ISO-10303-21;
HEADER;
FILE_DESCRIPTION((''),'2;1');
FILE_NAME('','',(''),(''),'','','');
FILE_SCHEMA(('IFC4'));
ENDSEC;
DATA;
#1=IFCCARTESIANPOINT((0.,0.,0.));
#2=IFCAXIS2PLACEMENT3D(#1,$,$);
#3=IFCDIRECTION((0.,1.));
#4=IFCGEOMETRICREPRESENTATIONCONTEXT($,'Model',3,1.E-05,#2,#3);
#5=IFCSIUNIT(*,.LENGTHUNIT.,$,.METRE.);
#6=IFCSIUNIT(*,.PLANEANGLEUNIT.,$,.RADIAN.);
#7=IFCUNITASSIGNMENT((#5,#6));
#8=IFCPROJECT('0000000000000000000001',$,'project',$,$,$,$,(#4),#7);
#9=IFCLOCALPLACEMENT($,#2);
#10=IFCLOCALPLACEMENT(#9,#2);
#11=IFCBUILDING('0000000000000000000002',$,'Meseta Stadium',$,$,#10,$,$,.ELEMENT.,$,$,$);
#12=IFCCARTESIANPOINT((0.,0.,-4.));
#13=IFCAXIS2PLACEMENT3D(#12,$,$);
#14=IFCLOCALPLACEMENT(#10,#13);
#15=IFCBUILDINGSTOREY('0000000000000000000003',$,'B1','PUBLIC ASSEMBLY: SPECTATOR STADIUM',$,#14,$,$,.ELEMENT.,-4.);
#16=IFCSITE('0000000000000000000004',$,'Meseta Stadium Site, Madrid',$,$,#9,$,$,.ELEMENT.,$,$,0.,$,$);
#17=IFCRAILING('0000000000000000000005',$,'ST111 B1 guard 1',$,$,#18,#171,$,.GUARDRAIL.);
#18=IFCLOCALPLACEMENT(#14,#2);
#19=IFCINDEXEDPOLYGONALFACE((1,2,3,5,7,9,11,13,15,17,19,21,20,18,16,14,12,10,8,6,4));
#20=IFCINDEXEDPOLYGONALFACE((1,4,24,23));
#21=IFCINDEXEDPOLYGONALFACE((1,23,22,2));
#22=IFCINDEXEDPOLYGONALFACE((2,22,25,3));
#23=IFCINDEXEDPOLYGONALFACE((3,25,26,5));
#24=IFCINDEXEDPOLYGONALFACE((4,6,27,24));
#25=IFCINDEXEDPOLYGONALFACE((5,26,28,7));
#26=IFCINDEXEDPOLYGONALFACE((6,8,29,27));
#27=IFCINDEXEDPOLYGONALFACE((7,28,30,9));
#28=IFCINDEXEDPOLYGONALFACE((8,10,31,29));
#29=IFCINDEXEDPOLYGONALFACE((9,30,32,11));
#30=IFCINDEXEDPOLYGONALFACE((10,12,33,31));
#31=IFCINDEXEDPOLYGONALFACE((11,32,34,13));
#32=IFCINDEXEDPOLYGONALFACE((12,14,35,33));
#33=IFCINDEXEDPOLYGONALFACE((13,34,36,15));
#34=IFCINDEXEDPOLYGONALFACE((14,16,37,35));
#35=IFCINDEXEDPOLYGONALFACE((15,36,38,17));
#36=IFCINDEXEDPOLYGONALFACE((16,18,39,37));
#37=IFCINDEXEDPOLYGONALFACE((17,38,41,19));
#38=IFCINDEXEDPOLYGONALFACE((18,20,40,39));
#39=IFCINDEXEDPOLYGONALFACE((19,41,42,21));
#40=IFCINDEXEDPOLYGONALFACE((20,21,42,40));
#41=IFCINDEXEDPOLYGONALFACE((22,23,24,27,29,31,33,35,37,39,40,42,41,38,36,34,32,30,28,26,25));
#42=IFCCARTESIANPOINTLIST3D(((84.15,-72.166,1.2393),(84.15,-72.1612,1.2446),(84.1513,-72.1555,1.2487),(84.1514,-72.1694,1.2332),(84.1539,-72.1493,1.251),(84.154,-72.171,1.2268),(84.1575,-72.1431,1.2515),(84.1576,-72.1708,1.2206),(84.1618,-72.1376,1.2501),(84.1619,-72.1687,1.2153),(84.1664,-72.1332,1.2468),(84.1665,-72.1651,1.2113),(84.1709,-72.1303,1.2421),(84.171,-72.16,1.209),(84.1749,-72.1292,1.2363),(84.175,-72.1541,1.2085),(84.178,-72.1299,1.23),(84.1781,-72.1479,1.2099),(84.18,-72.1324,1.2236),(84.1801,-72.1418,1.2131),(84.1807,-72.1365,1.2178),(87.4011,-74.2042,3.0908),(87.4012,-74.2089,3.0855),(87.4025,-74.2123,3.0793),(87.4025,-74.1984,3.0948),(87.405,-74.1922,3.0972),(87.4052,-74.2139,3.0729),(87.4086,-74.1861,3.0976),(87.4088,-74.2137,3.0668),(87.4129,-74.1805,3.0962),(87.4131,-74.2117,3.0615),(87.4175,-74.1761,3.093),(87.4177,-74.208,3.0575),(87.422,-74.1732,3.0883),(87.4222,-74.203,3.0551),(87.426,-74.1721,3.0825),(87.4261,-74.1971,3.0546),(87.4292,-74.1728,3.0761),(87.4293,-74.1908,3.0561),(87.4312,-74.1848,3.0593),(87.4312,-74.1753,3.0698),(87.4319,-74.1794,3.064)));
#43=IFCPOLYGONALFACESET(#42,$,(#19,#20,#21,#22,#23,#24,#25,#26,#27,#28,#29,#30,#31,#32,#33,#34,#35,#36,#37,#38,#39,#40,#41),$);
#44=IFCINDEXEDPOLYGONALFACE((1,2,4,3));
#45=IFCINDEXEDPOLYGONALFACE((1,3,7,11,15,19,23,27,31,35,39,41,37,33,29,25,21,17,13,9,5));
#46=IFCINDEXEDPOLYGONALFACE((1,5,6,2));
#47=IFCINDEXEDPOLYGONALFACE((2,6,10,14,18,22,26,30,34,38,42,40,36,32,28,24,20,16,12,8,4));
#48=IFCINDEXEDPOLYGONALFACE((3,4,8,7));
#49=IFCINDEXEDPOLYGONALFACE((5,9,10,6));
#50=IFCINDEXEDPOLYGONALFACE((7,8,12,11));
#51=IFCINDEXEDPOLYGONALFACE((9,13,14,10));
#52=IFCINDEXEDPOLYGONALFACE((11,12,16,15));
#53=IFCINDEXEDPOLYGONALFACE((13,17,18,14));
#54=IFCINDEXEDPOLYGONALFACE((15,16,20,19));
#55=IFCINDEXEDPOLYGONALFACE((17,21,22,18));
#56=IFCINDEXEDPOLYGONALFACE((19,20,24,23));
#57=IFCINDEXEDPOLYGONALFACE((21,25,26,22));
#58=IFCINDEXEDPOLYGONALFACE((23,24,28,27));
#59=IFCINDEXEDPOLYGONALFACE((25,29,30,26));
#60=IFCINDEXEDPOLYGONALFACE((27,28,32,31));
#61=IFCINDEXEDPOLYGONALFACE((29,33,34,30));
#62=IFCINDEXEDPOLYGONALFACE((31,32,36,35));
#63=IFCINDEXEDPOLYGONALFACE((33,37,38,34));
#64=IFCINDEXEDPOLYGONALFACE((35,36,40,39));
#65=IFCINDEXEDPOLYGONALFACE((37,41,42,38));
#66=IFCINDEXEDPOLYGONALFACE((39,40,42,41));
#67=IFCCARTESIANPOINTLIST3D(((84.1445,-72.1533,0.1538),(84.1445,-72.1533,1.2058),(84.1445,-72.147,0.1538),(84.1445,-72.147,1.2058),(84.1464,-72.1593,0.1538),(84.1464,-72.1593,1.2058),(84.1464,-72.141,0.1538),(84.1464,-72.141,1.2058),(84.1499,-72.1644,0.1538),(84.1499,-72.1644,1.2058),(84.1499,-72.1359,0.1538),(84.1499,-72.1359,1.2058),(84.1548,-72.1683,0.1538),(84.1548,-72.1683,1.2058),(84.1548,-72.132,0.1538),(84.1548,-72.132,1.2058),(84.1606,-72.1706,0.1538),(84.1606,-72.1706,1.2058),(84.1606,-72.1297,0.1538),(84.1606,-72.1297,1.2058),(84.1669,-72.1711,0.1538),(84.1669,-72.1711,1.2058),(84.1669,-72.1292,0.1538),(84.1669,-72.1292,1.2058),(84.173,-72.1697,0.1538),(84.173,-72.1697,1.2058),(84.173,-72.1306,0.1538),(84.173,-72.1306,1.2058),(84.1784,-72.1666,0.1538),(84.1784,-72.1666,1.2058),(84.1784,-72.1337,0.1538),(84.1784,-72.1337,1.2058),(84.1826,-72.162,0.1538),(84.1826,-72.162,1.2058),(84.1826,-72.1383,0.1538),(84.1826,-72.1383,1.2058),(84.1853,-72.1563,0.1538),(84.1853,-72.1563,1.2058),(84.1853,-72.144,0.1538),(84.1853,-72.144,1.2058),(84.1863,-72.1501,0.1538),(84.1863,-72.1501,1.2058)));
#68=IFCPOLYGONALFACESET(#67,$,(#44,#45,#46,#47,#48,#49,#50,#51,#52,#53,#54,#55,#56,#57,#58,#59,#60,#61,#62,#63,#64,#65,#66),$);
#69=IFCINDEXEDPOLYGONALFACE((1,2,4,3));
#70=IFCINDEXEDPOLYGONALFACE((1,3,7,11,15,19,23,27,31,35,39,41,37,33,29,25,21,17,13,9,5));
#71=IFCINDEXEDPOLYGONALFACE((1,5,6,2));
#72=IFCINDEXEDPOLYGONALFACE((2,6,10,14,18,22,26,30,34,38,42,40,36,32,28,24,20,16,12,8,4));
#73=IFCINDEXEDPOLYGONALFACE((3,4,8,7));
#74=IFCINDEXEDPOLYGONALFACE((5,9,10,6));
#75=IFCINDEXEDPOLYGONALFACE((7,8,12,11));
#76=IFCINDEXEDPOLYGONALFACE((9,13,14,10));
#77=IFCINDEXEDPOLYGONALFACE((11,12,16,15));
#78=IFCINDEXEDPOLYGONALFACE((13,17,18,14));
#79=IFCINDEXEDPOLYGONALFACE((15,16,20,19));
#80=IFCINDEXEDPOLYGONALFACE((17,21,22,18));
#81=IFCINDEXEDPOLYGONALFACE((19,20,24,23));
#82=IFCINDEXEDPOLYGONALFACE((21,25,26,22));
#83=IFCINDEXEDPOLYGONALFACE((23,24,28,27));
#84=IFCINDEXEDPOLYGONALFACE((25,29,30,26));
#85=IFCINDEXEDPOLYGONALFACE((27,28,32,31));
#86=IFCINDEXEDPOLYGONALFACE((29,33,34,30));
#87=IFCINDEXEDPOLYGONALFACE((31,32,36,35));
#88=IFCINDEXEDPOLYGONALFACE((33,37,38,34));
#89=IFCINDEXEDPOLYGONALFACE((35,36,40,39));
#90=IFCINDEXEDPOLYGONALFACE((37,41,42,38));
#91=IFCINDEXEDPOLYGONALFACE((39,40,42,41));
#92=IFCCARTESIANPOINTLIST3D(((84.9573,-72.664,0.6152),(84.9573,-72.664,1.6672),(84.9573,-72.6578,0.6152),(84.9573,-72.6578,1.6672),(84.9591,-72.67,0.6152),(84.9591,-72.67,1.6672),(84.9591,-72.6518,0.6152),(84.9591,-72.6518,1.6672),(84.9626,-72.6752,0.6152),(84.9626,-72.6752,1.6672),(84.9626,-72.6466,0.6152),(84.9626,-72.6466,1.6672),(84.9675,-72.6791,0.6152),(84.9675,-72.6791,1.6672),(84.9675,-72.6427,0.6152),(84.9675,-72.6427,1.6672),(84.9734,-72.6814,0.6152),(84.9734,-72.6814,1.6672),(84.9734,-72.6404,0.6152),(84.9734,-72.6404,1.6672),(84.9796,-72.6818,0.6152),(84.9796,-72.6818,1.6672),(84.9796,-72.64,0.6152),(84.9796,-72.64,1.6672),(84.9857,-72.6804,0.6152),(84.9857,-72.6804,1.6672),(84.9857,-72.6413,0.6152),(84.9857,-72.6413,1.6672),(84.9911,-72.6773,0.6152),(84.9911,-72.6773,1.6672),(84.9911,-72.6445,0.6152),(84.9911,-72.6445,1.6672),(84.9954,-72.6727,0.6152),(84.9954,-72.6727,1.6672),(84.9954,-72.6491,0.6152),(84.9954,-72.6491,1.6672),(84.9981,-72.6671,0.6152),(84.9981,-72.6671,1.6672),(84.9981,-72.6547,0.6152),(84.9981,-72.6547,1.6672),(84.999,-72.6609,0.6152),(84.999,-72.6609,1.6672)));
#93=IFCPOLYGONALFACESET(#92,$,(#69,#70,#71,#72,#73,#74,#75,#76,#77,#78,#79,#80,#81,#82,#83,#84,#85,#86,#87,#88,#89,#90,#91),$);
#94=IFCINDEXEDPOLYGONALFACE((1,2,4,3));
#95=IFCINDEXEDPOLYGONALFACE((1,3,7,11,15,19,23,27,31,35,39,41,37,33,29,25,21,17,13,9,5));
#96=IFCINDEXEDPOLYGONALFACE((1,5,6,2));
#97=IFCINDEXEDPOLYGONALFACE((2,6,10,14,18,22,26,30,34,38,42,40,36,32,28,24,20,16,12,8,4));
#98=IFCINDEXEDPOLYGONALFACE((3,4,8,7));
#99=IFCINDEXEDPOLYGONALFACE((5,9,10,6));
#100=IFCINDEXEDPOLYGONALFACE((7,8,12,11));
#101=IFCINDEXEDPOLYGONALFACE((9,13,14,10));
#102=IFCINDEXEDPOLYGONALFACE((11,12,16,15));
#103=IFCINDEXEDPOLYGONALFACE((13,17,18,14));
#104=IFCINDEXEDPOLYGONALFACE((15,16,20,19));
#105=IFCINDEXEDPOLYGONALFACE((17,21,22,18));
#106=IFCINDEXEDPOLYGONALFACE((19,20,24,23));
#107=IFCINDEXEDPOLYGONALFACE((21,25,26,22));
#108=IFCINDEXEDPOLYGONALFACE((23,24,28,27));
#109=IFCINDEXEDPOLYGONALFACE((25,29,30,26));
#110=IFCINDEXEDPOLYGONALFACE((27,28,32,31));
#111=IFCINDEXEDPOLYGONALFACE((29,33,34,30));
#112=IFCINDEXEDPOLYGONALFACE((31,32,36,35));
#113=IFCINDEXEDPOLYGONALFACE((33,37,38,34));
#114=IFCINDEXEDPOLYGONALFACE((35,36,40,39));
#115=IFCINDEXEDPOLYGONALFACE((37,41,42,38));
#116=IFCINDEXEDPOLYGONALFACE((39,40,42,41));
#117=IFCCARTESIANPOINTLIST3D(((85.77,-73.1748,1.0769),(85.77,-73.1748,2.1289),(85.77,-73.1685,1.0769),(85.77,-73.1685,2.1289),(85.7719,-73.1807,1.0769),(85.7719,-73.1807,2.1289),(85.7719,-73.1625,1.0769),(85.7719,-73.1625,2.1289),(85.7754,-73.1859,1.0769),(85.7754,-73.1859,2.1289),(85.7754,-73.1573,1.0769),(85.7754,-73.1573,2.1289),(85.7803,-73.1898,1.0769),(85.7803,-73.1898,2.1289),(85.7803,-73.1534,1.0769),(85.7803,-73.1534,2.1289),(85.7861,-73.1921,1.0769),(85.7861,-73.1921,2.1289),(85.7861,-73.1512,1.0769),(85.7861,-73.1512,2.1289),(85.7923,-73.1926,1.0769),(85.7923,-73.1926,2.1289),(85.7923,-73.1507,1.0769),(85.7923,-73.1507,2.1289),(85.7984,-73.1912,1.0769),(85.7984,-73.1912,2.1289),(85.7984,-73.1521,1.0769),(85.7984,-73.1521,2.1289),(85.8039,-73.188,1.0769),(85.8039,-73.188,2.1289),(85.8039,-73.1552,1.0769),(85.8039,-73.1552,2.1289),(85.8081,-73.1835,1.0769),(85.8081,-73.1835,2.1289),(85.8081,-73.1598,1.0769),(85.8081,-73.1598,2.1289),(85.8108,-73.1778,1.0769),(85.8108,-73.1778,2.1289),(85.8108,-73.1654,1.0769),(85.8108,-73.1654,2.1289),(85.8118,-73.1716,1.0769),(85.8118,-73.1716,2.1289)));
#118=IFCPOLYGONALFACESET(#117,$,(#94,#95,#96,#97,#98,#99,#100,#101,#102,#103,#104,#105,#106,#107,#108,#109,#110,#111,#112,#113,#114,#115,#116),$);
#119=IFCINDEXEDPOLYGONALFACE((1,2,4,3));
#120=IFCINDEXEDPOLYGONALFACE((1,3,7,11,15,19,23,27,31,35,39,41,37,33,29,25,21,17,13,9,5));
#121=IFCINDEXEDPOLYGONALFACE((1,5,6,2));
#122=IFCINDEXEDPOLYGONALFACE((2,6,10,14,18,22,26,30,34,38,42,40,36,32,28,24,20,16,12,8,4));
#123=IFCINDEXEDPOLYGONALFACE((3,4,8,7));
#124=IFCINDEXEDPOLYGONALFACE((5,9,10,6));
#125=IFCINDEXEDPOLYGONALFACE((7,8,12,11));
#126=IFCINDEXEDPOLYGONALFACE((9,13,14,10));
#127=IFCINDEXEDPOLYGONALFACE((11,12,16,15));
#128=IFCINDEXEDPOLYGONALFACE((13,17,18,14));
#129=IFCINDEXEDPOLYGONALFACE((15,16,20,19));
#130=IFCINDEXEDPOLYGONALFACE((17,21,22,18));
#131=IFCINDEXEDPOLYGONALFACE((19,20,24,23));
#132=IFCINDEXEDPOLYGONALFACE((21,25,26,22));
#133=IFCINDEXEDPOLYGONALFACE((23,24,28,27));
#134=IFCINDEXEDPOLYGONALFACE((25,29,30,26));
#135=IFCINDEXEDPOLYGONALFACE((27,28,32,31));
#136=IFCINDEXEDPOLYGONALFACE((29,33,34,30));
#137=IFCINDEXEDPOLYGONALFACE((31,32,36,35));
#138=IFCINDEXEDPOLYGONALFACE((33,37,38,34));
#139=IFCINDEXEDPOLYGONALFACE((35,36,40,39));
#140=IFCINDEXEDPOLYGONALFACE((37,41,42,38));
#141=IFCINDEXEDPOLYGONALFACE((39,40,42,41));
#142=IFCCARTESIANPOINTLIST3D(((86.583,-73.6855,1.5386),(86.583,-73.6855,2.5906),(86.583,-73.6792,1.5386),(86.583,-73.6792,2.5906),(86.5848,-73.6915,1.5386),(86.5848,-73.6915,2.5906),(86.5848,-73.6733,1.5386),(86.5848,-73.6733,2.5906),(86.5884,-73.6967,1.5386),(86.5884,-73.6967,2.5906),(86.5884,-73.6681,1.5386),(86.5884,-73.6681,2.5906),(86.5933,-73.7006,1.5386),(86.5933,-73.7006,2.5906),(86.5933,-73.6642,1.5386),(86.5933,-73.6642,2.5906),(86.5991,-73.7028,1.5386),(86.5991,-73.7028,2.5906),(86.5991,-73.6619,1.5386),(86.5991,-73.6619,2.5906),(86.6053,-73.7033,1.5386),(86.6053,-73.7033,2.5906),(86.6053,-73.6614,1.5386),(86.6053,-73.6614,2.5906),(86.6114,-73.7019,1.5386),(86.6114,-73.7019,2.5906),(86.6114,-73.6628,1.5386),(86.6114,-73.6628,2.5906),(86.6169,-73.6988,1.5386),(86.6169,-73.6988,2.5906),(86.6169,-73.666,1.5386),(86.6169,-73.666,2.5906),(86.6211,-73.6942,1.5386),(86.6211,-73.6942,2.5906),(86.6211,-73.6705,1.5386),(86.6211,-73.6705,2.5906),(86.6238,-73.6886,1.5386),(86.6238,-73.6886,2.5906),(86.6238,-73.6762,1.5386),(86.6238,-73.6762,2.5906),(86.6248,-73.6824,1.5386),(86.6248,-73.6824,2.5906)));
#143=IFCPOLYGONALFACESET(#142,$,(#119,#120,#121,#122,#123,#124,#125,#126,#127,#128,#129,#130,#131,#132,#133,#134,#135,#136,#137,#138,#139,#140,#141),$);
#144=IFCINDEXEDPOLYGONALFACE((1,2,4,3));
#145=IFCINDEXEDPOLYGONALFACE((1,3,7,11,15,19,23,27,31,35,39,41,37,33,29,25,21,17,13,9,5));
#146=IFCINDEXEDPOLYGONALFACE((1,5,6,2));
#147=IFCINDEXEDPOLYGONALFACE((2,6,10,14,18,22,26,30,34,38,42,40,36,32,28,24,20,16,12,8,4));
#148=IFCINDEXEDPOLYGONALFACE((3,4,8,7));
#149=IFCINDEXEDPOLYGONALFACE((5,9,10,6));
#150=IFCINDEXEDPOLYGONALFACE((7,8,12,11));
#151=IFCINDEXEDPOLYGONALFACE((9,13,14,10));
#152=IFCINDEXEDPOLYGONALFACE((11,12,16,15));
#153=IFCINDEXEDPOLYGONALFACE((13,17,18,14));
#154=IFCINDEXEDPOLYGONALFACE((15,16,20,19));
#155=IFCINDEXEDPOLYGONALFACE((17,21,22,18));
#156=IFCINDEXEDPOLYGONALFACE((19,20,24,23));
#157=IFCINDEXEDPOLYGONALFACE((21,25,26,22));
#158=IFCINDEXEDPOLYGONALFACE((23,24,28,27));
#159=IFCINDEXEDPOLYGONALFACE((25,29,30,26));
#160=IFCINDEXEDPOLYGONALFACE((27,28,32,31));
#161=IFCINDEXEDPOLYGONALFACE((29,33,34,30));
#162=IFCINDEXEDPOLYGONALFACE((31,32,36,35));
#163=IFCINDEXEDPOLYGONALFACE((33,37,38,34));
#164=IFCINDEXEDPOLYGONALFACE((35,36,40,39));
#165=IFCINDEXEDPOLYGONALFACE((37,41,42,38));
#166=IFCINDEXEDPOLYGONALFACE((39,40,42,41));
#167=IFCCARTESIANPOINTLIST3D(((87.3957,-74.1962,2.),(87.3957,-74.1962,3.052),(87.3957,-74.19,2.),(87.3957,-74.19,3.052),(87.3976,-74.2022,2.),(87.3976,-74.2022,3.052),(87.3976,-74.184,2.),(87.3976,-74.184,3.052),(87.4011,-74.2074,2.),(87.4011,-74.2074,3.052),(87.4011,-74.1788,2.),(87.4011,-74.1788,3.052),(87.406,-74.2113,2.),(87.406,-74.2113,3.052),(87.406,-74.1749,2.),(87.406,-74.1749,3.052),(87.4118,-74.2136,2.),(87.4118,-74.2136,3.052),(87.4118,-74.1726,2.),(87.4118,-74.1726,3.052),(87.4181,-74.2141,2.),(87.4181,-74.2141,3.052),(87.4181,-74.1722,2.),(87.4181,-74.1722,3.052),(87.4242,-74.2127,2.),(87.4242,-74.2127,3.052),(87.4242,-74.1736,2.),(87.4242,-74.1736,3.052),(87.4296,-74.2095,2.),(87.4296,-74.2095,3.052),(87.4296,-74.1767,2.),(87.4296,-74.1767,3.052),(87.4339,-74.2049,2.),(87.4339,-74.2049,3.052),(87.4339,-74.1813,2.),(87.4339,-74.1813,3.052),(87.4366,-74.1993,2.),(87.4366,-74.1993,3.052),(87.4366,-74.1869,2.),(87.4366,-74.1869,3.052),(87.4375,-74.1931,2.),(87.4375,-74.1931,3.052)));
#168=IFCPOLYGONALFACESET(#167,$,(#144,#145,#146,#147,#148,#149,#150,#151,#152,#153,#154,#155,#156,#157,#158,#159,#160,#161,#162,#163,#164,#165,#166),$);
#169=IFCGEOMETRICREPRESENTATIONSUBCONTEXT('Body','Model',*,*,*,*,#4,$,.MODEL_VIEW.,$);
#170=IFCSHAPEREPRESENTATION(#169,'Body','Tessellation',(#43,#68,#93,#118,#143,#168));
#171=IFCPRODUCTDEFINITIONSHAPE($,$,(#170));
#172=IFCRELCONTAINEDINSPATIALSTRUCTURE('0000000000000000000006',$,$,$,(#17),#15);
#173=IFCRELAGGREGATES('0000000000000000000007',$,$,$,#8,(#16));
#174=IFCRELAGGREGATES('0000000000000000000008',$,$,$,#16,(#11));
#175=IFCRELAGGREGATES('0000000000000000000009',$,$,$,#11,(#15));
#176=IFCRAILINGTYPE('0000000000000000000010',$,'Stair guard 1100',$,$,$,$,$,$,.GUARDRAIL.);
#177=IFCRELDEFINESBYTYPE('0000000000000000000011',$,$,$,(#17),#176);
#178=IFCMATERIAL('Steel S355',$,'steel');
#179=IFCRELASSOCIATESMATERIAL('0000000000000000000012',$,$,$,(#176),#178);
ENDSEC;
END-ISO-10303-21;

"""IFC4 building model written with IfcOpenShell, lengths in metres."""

from ifc_helpers import new_model, si_unit, direction, frame, origin, origin_2d, place, context, subcontext, project, spatial, circle, extrude, material, type_object, element, save


model = new_model("IFC4")

# Units and contexts
model_context = context("Model", 3, precision=1e-05, world=origin(), true_north=direction((0.0, 1.0)))
body_context = subcontext(model_context, "Body", "Model", "MODEL_VIEW")
ifc_project = project(units=[si_unit("LENGTHUNIT", "METRE"), si_unit("PLANEANGLEUNIT", "RADIAN")], contexts=[model_context])

# Site, building, storey
site_placement = place(None, origin())
site = spatial("IfcSite", under=ifc_project, at=site_placement, Name="Meseta Stadium Site, Madrid", CompositionType="ELEMENT", RefElevation=0.0)
building_placement = place(site_placement, origin())
building = spatial("IfcBuilding", under=site, at=building_placement, Name="Meseta Stadium", CompositionType="ELEMENT")
storey_placement = place(building_placement, frame((0.0, 0.0, -4.0)))
storey = spatial("IfcBuildingStorey", under=building, at=storey_placement, Name="B1", Description="PUBLIC ASSEMBLY: SPECTATOR STADIUM", CompositionType="ELEMENT", Elevation=-4.0)

# Railing
ifc_material_1 = material(Name="Steel S355", Category="steel")
railing_type_1 = type_object("IfcRailingType", Name="Stair guard 1100", PredefinedType="GUARDRAIL", material=ifc_material_1)
railing_1_placement = place(storey_placement, frame((84.1653, -72.1501, 0.1538)))
element("IfcRailing", 1, at=railing_1_placement, inside=storey, type_object=railing_type_1, Name="ST111 B1 guard 1", PredefinedType="GUARDRAIL", context=body_context, shape_type="SweptSolid", body=[
    extrude(circle(Radius=0.0239, at=origin_2d()), frame((0.0, 0.0, 1.0762), z_axis=(0.763093, -0.479504, 0.433319), x_axis=(0.532049, 0.846713, 0.0)), (0.0, 0.0, 1.0), 4.2605),
    extrude(circle(Radius=0.021, at=origin_2d()), origin(), (0.0, 0.0, 1.0), 1.052),
    extrude(circle(Radius=0.021, at=origin_2d()), frame((0.8127, -0.5107, 0.4614)), (0.0, 0.0, 1.0), 1.052),
    extrude(circle(Radius=0.021, at=origin_2d()), frame((1.6255, -1.0215, 0.9231)), (0.0, 0.0, 1.0), 1.052),
    extrude(circle(Radius=0.021, at=origin_2d()), frame((2.4385, -1.5322, 1.3848)), (0.0, 0.0, 1.0), 1.052),
    extrude(circle(Radius=0.021, at=origin_2d()), frame((3.2512, -2.043, 1.8462)), (0.0, 0.0, 1.0), 1.052),
])

save(model, "model.ifc")
